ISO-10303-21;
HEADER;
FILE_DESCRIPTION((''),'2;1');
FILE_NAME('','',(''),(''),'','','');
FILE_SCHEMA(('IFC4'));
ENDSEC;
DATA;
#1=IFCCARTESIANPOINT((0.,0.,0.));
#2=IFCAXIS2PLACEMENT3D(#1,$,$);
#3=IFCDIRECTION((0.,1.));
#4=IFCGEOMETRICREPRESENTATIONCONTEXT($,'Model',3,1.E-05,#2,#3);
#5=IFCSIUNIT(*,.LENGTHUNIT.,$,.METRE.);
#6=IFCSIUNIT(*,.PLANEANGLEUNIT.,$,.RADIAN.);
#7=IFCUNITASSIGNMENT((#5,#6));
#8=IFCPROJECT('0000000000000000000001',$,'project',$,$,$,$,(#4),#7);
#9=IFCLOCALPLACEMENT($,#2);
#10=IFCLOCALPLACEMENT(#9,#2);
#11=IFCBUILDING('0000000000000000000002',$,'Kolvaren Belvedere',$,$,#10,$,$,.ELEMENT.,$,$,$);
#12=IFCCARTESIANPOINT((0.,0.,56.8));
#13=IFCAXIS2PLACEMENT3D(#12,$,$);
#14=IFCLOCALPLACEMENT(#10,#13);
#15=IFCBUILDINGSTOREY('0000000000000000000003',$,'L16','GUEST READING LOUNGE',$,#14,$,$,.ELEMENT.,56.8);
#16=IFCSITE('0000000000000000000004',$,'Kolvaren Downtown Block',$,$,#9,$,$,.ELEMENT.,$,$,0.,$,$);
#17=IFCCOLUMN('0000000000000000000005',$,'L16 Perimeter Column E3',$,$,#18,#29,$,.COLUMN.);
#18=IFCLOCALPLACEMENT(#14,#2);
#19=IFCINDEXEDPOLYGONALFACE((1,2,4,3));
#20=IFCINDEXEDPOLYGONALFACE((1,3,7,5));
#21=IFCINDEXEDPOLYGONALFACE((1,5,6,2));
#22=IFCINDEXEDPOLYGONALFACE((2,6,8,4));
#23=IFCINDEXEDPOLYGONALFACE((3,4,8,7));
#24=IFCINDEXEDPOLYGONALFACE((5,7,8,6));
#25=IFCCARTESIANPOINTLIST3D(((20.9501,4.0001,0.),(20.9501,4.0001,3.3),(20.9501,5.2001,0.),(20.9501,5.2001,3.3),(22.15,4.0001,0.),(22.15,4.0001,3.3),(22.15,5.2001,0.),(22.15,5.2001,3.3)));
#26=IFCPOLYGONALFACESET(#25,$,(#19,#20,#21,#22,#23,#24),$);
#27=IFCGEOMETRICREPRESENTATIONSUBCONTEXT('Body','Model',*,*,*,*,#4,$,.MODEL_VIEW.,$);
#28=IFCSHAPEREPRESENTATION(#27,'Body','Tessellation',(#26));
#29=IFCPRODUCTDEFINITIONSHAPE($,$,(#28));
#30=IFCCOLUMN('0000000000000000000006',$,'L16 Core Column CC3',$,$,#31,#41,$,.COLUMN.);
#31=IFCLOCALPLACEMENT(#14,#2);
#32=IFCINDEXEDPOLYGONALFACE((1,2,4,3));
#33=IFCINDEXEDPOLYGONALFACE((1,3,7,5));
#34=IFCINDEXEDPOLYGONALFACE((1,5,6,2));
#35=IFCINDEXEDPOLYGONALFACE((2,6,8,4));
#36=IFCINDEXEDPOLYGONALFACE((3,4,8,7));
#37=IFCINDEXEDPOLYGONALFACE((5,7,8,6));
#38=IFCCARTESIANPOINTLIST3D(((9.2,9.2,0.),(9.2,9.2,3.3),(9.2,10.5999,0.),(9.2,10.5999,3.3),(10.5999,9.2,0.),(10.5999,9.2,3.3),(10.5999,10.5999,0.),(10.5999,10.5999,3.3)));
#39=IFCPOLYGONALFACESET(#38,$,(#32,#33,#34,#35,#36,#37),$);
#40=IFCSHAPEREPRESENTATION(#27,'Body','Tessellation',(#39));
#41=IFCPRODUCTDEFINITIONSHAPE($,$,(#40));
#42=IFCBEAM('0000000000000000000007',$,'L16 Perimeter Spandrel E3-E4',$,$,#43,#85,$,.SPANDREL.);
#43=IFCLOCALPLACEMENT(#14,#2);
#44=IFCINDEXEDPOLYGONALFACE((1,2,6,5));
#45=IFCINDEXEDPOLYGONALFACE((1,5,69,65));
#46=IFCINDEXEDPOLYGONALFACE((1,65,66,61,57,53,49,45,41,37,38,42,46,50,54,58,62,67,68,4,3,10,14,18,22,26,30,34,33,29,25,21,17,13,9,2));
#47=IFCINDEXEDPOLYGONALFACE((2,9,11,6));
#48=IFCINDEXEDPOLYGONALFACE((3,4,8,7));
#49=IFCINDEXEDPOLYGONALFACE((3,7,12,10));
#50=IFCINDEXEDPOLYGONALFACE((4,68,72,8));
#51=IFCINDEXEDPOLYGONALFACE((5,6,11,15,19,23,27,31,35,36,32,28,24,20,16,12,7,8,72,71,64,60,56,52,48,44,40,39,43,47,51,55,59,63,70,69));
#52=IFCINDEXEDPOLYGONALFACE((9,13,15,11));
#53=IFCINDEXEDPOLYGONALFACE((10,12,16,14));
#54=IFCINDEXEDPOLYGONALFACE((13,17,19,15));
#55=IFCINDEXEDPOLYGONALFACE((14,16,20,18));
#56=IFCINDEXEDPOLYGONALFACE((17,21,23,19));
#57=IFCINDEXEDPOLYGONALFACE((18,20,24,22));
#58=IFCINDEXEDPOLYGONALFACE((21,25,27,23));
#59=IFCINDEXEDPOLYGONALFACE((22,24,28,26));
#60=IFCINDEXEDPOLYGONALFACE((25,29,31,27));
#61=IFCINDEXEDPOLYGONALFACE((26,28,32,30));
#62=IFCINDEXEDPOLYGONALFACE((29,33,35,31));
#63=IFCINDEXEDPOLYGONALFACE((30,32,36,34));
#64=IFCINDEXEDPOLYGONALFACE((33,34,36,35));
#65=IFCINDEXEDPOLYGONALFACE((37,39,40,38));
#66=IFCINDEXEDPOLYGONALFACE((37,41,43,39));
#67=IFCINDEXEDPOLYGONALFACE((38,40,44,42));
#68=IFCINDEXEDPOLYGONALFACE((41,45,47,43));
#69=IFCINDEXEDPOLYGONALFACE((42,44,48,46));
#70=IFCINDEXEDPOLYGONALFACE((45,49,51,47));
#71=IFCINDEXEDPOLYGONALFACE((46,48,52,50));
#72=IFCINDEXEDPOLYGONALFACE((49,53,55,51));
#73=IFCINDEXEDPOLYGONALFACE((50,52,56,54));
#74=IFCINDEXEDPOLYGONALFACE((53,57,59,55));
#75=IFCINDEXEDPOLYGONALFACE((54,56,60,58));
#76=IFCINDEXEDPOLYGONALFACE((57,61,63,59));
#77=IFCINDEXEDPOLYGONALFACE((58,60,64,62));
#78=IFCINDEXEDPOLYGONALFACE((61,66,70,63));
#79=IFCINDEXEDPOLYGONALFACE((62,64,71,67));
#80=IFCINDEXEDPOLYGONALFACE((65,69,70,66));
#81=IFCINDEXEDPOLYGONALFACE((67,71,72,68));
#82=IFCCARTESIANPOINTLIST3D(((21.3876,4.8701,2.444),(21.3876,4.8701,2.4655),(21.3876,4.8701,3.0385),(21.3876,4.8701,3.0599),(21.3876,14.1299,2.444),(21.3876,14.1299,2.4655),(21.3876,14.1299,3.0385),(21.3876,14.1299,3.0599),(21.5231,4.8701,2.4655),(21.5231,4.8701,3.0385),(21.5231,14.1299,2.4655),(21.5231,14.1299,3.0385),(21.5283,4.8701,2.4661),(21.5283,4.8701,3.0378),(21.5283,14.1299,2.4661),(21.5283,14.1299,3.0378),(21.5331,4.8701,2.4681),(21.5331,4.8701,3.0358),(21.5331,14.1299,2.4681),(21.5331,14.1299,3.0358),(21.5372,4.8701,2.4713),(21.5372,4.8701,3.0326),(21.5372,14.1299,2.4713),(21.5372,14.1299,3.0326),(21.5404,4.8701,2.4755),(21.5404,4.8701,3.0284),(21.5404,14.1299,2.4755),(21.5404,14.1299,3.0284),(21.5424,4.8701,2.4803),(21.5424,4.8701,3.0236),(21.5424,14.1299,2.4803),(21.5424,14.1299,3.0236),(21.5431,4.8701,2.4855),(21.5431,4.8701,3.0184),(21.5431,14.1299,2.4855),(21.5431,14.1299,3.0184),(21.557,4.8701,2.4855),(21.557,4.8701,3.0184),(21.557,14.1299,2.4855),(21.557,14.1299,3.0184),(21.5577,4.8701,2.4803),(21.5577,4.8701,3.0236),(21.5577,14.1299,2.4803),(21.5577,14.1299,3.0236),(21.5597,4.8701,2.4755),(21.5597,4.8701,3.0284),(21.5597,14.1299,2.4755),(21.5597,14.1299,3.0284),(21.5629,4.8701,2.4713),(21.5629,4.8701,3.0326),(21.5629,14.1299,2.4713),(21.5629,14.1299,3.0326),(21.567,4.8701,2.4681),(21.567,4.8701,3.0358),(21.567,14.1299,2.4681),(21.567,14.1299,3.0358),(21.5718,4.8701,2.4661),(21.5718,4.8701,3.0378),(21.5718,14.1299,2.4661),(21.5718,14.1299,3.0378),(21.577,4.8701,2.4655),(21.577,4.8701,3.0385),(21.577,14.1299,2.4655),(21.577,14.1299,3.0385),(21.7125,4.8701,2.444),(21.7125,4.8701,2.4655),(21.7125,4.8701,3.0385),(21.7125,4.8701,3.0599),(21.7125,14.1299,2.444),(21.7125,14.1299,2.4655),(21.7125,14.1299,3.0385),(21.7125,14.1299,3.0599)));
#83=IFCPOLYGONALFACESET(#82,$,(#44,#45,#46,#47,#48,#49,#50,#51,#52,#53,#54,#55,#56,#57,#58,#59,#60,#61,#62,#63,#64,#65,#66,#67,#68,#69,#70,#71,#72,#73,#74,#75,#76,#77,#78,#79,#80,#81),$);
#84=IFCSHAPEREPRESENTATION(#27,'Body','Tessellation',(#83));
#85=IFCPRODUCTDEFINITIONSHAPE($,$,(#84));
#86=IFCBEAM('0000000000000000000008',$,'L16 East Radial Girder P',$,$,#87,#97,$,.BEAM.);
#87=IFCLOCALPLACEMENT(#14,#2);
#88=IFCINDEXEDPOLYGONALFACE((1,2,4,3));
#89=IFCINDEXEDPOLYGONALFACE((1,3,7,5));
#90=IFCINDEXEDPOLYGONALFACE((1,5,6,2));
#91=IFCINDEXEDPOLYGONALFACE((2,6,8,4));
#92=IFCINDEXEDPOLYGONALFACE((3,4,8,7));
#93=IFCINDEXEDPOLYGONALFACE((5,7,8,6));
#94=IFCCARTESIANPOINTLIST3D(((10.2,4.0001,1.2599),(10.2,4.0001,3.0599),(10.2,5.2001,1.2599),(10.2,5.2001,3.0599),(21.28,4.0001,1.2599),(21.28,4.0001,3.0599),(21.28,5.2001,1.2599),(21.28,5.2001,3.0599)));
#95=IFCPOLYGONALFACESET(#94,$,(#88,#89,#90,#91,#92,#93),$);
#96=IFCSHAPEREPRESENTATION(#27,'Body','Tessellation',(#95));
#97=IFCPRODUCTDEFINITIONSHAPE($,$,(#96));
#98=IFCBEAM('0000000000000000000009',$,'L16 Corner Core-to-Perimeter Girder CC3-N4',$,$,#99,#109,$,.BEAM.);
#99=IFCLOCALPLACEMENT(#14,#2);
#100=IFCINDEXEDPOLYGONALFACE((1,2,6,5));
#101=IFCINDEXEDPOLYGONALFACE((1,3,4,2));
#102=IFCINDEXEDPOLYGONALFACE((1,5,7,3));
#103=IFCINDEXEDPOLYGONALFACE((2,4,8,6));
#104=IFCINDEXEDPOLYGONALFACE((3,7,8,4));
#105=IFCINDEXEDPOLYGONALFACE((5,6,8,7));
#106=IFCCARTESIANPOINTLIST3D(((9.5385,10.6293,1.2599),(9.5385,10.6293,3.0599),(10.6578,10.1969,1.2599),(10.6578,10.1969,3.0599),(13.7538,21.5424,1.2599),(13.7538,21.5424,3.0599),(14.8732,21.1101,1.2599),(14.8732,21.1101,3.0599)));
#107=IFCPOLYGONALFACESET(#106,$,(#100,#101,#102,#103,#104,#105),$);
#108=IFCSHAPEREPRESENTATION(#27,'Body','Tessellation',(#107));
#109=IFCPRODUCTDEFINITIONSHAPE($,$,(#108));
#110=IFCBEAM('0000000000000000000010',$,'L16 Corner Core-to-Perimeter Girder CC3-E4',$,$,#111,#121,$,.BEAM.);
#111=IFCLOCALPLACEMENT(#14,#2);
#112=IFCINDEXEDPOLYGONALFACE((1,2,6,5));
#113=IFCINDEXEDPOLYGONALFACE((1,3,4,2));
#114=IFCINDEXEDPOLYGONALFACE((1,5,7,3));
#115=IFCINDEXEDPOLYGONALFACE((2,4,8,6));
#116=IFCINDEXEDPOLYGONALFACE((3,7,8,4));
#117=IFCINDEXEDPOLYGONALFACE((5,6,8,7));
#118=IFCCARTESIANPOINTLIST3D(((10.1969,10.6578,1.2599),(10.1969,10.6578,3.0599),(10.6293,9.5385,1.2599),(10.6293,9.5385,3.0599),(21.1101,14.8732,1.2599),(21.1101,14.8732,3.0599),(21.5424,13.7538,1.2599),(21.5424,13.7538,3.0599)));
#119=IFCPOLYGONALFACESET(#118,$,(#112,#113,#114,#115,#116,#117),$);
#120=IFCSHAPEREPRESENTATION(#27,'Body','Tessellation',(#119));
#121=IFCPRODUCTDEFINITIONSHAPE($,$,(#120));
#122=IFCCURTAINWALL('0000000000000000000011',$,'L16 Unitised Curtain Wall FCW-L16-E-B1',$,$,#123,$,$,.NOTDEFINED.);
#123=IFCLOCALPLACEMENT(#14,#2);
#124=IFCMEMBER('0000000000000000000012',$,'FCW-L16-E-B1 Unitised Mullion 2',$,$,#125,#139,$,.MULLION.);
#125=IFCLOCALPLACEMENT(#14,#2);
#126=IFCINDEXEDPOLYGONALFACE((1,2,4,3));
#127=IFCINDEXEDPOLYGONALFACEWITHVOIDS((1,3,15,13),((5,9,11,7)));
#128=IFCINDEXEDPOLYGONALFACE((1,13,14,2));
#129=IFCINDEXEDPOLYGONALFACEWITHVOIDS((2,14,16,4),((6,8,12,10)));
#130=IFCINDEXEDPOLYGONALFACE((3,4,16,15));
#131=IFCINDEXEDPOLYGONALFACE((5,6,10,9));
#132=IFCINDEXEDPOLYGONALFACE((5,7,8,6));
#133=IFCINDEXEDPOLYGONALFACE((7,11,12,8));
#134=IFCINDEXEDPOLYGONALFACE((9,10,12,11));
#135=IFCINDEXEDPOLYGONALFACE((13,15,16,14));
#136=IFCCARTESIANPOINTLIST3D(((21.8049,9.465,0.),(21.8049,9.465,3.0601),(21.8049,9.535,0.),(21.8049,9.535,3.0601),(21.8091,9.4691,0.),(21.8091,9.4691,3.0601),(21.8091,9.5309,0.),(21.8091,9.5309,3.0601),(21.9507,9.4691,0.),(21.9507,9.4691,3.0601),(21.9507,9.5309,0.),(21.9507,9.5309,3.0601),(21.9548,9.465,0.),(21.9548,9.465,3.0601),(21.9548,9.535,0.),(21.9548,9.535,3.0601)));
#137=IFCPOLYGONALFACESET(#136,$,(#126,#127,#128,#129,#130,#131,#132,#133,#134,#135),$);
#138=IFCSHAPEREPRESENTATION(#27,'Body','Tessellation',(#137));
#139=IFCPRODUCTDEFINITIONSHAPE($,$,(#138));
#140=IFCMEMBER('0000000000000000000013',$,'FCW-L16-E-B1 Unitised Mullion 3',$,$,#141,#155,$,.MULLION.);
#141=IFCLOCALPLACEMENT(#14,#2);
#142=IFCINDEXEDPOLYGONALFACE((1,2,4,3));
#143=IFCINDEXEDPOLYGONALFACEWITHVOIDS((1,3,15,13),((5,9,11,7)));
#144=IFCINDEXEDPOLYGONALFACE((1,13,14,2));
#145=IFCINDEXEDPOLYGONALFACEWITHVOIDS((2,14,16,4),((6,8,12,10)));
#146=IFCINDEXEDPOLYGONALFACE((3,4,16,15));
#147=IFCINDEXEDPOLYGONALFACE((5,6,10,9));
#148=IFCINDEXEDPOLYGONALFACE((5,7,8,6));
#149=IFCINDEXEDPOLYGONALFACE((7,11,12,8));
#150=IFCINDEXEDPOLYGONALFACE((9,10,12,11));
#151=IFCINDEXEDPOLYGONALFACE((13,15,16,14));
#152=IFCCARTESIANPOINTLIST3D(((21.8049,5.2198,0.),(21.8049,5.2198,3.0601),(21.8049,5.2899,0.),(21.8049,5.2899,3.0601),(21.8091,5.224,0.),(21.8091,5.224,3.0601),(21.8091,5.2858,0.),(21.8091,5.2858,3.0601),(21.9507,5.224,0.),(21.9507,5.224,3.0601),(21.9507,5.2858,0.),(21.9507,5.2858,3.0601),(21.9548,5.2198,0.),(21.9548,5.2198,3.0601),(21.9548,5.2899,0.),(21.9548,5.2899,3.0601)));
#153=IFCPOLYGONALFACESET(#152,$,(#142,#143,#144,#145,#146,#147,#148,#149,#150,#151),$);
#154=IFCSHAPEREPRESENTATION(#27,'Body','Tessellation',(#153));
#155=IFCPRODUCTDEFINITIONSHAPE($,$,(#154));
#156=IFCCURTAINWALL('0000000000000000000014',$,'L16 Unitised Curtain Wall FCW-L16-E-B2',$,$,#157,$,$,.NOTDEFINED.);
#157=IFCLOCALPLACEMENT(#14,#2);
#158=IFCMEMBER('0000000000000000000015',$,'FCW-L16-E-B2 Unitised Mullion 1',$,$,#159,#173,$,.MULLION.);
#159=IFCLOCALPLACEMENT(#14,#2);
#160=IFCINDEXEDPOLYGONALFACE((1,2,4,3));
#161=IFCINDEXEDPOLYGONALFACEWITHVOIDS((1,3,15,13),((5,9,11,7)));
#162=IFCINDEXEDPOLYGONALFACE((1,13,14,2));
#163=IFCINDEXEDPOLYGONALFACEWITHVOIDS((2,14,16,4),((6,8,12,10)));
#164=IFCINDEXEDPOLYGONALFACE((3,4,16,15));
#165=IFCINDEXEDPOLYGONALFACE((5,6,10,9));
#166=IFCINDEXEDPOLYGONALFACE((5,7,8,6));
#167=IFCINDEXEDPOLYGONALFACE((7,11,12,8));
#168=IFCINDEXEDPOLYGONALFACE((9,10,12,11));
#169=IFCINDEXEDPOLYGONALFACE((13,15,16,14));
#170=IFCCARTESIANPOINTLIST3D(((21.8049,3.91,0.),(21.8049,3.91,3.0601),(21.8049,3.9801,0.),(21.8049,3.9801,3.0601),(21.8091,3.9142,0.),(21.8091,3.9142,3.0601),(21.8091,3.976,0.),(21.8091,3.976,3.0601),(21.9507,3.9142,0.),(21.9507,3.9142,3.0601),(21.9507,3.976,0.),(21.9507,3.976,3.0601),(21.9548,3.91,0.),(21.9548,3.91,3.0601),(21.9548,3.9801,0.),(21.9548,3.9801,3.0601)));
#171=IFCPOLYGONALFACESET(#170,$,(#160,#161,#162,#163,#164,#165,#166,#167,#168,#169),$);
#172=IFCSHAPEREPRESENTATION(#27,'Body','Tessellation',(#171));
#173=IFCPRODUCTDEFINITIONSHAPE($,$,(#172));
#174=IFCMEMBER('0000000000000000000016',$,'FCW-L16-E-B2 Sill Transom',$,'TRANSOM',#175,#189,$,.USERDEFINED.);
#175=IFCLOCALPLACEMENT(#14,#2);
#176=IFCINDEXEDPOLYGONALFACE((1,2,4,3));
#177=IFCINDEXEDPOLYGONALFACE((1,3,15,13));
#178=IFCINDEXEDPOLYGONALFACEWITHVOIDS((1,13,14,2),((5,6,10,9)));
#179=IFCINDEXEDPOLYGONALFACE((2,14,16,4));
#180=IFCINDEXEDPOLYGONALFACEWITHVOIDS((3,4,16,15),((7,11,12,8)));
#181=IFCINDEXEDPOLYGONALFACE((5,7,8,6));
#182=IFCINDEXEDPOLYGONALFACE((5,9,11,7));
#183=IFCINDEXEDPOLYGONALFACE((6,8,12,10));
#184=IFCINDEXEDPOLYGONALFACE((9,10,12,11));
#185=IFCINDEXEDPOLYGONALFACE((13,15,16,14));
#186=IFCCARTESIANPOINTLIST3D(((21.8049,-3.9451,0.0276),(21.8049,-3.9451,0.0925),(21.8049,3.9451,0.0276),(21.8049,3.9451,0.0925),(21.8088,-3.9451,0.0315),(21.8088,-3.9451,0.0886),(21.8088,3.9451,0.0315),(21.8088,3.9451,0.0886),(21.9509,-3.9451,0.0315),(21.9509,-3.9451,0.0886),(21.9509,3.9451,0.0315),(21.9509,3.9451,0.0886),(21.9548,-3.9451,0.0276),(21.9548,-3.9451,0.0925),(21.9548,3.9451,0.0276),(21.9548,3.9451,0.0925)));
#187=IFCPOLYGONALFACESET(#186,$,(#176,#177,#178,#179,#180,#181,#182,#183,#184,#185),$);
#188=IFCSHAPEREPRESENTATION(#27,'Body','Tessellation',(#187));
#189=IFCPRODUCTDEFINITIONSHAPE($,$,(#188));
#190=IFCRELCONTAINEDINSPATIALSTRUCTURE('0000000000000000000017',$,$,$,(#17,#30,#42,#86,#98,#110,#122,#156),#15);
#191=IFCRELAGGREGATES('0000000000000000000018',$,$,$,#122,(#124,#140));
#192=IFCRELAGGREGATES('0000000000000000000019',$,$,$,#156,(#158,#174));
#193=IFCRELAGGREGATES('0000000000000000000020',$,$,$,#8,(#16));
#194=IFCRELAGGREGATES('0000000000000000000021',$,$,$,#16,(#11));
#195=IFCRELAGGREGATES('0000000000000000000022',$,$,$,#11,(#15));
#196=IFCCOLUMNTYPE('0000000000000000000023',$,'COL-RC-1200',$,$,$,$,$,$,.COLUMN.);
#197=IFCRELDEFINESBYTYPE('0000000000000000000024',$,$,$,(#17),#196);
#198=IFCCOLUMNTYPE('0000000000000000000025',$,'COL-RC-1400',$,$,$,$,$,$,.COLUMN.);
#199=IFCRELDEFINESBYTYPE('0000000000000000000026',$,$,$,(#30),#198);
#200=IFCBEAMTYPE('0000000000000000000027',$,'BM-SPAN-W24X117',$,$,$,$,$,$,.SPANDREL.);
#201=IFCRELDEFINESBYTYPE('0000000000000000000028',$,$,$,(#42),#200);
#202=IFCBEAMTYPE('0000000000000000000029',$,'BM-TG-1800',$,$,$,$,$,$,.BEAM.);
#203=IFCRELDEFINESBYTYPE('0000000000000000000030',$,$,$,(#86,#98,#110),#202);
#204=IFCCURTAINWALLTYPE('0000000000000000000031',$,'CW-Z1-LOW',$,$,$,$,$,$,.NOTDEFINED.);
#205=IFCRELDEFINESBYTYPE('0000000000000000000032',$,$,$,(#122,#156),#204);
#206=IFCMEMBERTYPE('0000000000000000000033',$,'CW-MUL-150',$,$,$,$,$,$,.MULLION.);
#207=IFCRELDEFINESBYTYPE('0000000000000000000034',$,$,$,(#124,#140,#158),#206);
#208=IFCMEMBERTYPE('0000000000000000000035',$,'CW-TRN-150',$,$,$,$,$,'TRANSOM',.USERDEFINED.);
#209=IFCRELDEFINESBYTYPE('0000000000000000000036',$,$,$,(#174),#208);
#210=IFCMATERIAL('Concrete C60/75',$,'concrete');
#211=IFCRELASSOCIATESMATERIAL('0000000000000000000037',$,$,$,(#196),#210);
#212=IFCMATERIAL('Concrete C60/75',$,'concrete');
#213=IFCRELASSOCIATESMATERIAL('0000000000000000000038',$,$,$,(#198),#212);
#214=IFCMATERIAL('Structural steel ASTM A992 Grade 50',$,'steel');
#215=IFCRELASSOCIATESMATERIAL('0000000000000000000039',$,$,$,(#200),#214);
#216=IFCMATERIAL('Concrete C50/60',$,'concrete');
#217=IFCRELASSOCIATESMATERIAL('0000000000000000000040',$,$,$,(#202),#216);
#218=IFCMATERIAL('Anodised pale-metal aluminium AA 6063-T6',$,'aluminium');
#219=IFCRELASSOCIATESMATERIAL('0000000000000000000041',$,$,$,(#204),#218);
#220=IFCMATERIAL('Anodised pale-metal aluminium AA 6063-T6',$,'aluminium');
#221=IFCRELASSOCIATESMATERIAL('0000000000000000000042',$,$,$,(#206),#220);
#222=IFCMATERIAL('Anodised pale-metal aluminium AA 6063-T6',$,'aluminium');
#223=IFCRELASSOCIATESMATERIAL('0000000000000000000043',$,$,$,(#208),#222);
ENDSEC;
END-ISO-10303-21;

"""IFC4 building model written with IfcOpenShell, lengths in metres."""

from ifc_helpers import new_model, si_unit, direction, frame, origin, origin_2d, place, context, subcontext, project, spatial, rectangle, hollow_rectangle, i_section, extrude, material, material_profile, profile_set, type_object, element, aggregate, save


model = new_model("IFC4")

# Units and contexts
model_context = context("Model", 3, precision=1e-05, world=origin(), true_north=direction((0.0, 1.0)))
body_context = subcontext(model_context, "Body", "Model", "MODEL_VIEW")
ifc_project = project(units=[si_unit("LENGTHUNIT", "METRE"), si_unit("PLANEANGLEUNIT", "RADIAN")], contexts=[model_context])

# Site, building, storey
site_placement = place(None, origin())
site = spatial("IfcSite", under=ifc_project, at=site_placement, Name="Kolvaren Downtown Block", CompositionType="ELEMENT", RefElevation=0.0)
building_placement = place(site_placement, origin())
building = spatial("IfcBuilding", under=site, at=building_placement, Name="Kolvaren Belvedere", CompositionType="ELEMENT")
storey_placement = place(building_placement, frame((0.0, 0.0, 56.8)))
storey = spatial("IfcBuildingStorey", under=building, at=storey_placement, Name="L16", Description="GUEST READING LOUNGE", CompositionType="ELEMENT", Elevation=56.8)

# Columns
ifc_material_1 = material(Name="Concrete C60/75", Category="concrete")
ifc_material_profile_1 = material_profile(ifc_material_1, rectangle(XDim=1.2, YDim=1.2, at=origin_2d()), Name="RC 1200X1200")
ifc_profile_set_1 = profile_set([ifc_material_profile_1], Name="Concrete C60/75")
column_type_1 = type_object("IfcColumnType", Name="COL-RC-1200", PredefinedType="COLUMN", material=ifc_profile_set_1)
column_1_placement = place(storey_placement, frame((21.55, 4.6001, 0.0), z_axis=(0.0, 0.0, 1.0), x_axis=(1.0, 0.0, 0.0)))
element("IfcColumn", 1, at=column_1_placement, inside=storey, type_object=column_type_1, Name="L16 Perimeter Column E3", PredefinedType="COLUMN", context=body_context, shape_type="SweptSolid", body=[
    extrude(rectangle(XDim=1.2, YDim=1.2, at=origin_2d()), origin(), (0.0, 0.0, 1.0), 3.3),
])
ifc_material_2 = material(Name="Concrete C60/75", Category="concrete")
ifc_material_profile_2 = material_profile(ifc_material_2, rectangle(XDim=1.3999, YDim=1.3999, at=origin_2d()), Name="RC 1400X1400")
ifc_profile_set_2 = profile_set([ifc_material_profile_2], Name="Concrete C60/75")
column_type_2 = type_object("IfcColumnType", Name="COL-RC-1400", PredefinedType="COLUMN", material=ifc_profile_set_2)
column_2_placement = place(storey_placement, frame((9.8999, 9.8999, 0.0), z_axis=(0.0, 0.0, 1.0), x_axis=(1.0, 0.0, 0.0)))
element("IfcColumn", 2, at=column_2_placement, inside=storey, type_object=column_type_2, Name="L16 Core Column CC3", PredefinedType="COLUMN", context=body_context, shape_type="SweptSolid", body=[
    extrude(rectangle(XDim=1.3999, YDim=1.3999, at=origin_2d()), origin(), (0.0, 0.0, 1.0), 3.3),
])

# Beams
ifc_material_3 = material(Name="Structural steel ASTM A992 Grade 50", Category="steel")
ifc_material_profile_3 = material_profile(ifc_material_3, i_section(OverallWidth=0.325, OverallDepth=0.616, WebThickness=0.0139, FlangeThickness=0.0215, FilletRadius=0.02, at=origin_2d()), Name="W24X117")
ifc_profile_set_3 = profile_set([ifc_material_profile_3], Name="Structural steel ASTM A992 Grade 50")
beam_type_1 = type_object("IfcBeamType", Name="BM-SPAN-W24X117", PredefinedType="SPANDREL", material=ifc_profile_set_3)
beam_1_placement = place(storey_placement, frame((21.55, 4.8701, 2.752), z_axis=(0.0, 1.0, 0.0), x_axis=(-1.0, 0.0, 0.0)))
element("IfcBeam", 3, at=beam_1_placement, inside=storey, type_object=beam_type_1, Name="L16 Perimeter Spandrel E3-E4", PredefinedType="SPANDREL", context=body_context, shape_type="SweptSolid", body=[
    extrude(i_section(OverallWidth=0.325, OverallDepth=0.616, WebThickness=0.0139, FlangeThickness=0.0215, FilletRadius=0.02, at=origin_2d()), origin(), (0.0, 0.0, 1.0), 9.2598),
])
ifc_material_4 = material(Name="Concrete C50/60", Category="concrete")
ifc_material_profile_4 = material_profile(ifc_material_4, rectangle(XDim=1.2, YDim=1.8, at=origin_2d()), Name="RC 1200X1800")
ifc_profile_set_4 = profile_set([ifc_material_profile_4], Name="Concrete C50/60")
beam_type_2 = type_object("IfcBeamType", Name="BM-TG-1800", PredefinedType="BEAM", material=ifc_profile_set_4)
beam_2_placement = place(storey_placement, frame((10.2, 4.6001, 2.1599), z_axis=(1.0, 0.0, 0.0), x_axis=(0.0, 1.0, 0.0)))
element("IfcBeam", 4, at=beam_2_placement, inside=storey, type_object=beam_type_2, Name="L16 East Radial Girder P", PredefinedType="BEAM", context=body_context, shape_type="SweptSolid", body=[
    extrude(rectangle(XDim=1.2, YDim=1.8, at=origin_2d()), origin(), (0.0, 0.0, 1.0), 11.0801),
])
for number, where, z_axis, x_axis, name in (
    (5, (10.0981, 10.4131, 2.1599), (0.360318, 0.932829, 0.0), (-0.932829, 0.360318, 0.0), "L16 Corner Core-to-Perimeter Girder CC3-N4"),
    (6, (10.4131, 10.0981, 2.1599), (0.932829, 0.360318, 0.0), (-0.360318, 0.932829, 0.0), "L16 Corner Core-to-Perimeter Girder CC3-E4"),
):
    element("IfcBeam", number, at=place(storey_placement, frame(where, z_axis=z_axis, x_axis=x_axis)), inside=storey, type_object=beam_type_2, Name=name, PredefinedType="BEAM", context=body_context, shape_type="SweptSolid", body=[
        extrude(rectangle(XDim=1.2, YDim=1.8, at=origin_2d()), origin(), (0.0, 0.0, 1.0), 11.699),
    ])

# Curtain walls, members
ifc_material_5 = material(Name="Anodised pale-metal aluminium AA 6063-T6", Category="aluminium")
curtain_wall_type = type_object("IfcCurtainWallType", Name="CW-Z1-LOW", PredefinedType="NOTDEFINED", material=ifc_material_5)
curtain_wall_1_placement = place(storey_placement, origin())
curtain_wall_1 = element("IfcCurtainWall", 7, at=curtain_wall_1_placement, inside=storey, type_object=curtain_wall_type, Name="L16 Unitised Curtain Wall FCW-L16-E-B1", PredefinedType="NOTDEFINED")
ifc_material_6 = material(Name="Anodised pale-metal aluminium AA 6063-T6", Category="aluminium")
ifc_material_profile_5 = material_profile(ifc_material_6, hollow_rectangle(XDim=0.0701, YDim=0.1499, WallThickness=0.0042, at=origin_2d()), Name="ALU-MUL-150X70")
ifc_profile_set_5 = profile_set([ifc_material_profile_5], Name="Anodised pale-metal aluminium AA 6063-T6")
member_type_1 = type_object("IfcMemberType", Name="CW-MUL-150", PredefinedType="MULLION", material=ifc_profile_set_5)
member_1_placement = place(storey_placement, frame((21.8799, 9.5, 0.0), z_axis=(0.0, 0.0, 1.0), x_axis=(0.0, 1.0, 0.0)))
member_1 = element("IfcMember", 8, at=member_1_placement, type_object=member_type_1, Name="FCW-L16-E-B1 Unitised Mullion 2", PredefinedType="MULLION", context=body_context, shape_type="SweptSolid", body=[
    extrude(hollow_rectangle(XDim=0.0701, YDim=0.1499, WallThickness=0.0042, at=origin_2d()), origin(), (0.0, 0.0, 1.0), 3.0601),
])
member_2_placement = place(storey_placement, frame((21.8799, 5.2549, 0.0), z_axis=(0.0, 0.0, 1.0), x_axis=(0.0, 1.0, 0.0)))
member_2 = element("IfcMember", 9, at=member_2_placement, type_object=member_type_1, Name="FCW-L16-E-B1 Unitised Mullion 3", PredefinedType="MULLION", context=body_context, shape_type="SweptSolid", body=[
    extrude(hollow_rectangle(XDim=0.0701, YDim=0.1499, WallThickness=0.0042, at=origin_2d()), origin(), (0.0, 0.0, 1.0), 3.0601),
])
curtain_wall_2_placement = place(storey_placement, origin())
curtain_wall_2 = element("IfcCurtainWall", 10, at=curtain_wall_2_placement, inside=storey, type_object=curtain_wall_type, Name="L16 Unitised Curtain Wall FCW-L16-E-B2", PredefinedType="NOTDEFINED")
member_3_placement = place(storey_placement, frame((21.8799, 3.9451, 0.0), z_axis=(0.0, 0.0, 1.0), x_axis=(0.0, 1.0, 0.0)))
member_3 = element("IfcMember", 11, at=member_3_placement, type_object=member_type_1, Name="FCW-L16-E-B2 Unitised Mullion 1", PredefinedType="MULLION", context=body_context, shape_type="SweptSolid", body=[
    extrude(hollow_rectangle(XDim=0.0701, YDim=0.1499, WallThickness=0.0042, at=origin_2d()), origin(), (0.0, 0.0, 1.0), 3.0601),
])
ifc_material_7 = material(Name="Anodised pale-metal aluminium AA 6063-T6", Category="aluminium")
ifc_material_profile_6 = material_profile(ifc_material_7, hollow_rectangle(XDim=0.0649, YDim=0.1499, WallThickness=0.0039, at=origin_2d()), Name="ALU-TRN-150X65")
ifc_profile_set_6 = profile_set([ifc_material_profile_6], Name="Anodised pale-metal aluminium AA 6063-T6")
member_type_2 = type_object("IfcMemberType", Name="CW-TRN-150", ElementType="TRANSOM", PredefinedType="USERDEFINED", material=ifc_profile_set_6)
member_4_placement = place(storey_placement, frame((21.8799, 3.9451, 0.0601), z_axis=(0.0, -1.0, 0.0), x_axis=(0.0, 0.0, 1.0)))
member_4 = element("IfcMember", 12, at=member_4_placement, type_object=member_type_2, Name="FCW-L16-E-B2 Sill Transom", ObjectType="TRANSOM", PredefinedType="USERDEFINED", context=body_context, shape_type="SweptSolid", body=[
    extrude(hollow_rectangle(XDim=0.0649, YDim=0.1499, WallThickness=0.0039, at=origin_2d()), origin(), (0.0, 0.0, 1.0), 7.8901),
])

aggregate(curtain_wall_1, [member_1, member_2])
aggregate(curtain_wall_2, [member_3, member_4])

save(model, "model.ifc")
